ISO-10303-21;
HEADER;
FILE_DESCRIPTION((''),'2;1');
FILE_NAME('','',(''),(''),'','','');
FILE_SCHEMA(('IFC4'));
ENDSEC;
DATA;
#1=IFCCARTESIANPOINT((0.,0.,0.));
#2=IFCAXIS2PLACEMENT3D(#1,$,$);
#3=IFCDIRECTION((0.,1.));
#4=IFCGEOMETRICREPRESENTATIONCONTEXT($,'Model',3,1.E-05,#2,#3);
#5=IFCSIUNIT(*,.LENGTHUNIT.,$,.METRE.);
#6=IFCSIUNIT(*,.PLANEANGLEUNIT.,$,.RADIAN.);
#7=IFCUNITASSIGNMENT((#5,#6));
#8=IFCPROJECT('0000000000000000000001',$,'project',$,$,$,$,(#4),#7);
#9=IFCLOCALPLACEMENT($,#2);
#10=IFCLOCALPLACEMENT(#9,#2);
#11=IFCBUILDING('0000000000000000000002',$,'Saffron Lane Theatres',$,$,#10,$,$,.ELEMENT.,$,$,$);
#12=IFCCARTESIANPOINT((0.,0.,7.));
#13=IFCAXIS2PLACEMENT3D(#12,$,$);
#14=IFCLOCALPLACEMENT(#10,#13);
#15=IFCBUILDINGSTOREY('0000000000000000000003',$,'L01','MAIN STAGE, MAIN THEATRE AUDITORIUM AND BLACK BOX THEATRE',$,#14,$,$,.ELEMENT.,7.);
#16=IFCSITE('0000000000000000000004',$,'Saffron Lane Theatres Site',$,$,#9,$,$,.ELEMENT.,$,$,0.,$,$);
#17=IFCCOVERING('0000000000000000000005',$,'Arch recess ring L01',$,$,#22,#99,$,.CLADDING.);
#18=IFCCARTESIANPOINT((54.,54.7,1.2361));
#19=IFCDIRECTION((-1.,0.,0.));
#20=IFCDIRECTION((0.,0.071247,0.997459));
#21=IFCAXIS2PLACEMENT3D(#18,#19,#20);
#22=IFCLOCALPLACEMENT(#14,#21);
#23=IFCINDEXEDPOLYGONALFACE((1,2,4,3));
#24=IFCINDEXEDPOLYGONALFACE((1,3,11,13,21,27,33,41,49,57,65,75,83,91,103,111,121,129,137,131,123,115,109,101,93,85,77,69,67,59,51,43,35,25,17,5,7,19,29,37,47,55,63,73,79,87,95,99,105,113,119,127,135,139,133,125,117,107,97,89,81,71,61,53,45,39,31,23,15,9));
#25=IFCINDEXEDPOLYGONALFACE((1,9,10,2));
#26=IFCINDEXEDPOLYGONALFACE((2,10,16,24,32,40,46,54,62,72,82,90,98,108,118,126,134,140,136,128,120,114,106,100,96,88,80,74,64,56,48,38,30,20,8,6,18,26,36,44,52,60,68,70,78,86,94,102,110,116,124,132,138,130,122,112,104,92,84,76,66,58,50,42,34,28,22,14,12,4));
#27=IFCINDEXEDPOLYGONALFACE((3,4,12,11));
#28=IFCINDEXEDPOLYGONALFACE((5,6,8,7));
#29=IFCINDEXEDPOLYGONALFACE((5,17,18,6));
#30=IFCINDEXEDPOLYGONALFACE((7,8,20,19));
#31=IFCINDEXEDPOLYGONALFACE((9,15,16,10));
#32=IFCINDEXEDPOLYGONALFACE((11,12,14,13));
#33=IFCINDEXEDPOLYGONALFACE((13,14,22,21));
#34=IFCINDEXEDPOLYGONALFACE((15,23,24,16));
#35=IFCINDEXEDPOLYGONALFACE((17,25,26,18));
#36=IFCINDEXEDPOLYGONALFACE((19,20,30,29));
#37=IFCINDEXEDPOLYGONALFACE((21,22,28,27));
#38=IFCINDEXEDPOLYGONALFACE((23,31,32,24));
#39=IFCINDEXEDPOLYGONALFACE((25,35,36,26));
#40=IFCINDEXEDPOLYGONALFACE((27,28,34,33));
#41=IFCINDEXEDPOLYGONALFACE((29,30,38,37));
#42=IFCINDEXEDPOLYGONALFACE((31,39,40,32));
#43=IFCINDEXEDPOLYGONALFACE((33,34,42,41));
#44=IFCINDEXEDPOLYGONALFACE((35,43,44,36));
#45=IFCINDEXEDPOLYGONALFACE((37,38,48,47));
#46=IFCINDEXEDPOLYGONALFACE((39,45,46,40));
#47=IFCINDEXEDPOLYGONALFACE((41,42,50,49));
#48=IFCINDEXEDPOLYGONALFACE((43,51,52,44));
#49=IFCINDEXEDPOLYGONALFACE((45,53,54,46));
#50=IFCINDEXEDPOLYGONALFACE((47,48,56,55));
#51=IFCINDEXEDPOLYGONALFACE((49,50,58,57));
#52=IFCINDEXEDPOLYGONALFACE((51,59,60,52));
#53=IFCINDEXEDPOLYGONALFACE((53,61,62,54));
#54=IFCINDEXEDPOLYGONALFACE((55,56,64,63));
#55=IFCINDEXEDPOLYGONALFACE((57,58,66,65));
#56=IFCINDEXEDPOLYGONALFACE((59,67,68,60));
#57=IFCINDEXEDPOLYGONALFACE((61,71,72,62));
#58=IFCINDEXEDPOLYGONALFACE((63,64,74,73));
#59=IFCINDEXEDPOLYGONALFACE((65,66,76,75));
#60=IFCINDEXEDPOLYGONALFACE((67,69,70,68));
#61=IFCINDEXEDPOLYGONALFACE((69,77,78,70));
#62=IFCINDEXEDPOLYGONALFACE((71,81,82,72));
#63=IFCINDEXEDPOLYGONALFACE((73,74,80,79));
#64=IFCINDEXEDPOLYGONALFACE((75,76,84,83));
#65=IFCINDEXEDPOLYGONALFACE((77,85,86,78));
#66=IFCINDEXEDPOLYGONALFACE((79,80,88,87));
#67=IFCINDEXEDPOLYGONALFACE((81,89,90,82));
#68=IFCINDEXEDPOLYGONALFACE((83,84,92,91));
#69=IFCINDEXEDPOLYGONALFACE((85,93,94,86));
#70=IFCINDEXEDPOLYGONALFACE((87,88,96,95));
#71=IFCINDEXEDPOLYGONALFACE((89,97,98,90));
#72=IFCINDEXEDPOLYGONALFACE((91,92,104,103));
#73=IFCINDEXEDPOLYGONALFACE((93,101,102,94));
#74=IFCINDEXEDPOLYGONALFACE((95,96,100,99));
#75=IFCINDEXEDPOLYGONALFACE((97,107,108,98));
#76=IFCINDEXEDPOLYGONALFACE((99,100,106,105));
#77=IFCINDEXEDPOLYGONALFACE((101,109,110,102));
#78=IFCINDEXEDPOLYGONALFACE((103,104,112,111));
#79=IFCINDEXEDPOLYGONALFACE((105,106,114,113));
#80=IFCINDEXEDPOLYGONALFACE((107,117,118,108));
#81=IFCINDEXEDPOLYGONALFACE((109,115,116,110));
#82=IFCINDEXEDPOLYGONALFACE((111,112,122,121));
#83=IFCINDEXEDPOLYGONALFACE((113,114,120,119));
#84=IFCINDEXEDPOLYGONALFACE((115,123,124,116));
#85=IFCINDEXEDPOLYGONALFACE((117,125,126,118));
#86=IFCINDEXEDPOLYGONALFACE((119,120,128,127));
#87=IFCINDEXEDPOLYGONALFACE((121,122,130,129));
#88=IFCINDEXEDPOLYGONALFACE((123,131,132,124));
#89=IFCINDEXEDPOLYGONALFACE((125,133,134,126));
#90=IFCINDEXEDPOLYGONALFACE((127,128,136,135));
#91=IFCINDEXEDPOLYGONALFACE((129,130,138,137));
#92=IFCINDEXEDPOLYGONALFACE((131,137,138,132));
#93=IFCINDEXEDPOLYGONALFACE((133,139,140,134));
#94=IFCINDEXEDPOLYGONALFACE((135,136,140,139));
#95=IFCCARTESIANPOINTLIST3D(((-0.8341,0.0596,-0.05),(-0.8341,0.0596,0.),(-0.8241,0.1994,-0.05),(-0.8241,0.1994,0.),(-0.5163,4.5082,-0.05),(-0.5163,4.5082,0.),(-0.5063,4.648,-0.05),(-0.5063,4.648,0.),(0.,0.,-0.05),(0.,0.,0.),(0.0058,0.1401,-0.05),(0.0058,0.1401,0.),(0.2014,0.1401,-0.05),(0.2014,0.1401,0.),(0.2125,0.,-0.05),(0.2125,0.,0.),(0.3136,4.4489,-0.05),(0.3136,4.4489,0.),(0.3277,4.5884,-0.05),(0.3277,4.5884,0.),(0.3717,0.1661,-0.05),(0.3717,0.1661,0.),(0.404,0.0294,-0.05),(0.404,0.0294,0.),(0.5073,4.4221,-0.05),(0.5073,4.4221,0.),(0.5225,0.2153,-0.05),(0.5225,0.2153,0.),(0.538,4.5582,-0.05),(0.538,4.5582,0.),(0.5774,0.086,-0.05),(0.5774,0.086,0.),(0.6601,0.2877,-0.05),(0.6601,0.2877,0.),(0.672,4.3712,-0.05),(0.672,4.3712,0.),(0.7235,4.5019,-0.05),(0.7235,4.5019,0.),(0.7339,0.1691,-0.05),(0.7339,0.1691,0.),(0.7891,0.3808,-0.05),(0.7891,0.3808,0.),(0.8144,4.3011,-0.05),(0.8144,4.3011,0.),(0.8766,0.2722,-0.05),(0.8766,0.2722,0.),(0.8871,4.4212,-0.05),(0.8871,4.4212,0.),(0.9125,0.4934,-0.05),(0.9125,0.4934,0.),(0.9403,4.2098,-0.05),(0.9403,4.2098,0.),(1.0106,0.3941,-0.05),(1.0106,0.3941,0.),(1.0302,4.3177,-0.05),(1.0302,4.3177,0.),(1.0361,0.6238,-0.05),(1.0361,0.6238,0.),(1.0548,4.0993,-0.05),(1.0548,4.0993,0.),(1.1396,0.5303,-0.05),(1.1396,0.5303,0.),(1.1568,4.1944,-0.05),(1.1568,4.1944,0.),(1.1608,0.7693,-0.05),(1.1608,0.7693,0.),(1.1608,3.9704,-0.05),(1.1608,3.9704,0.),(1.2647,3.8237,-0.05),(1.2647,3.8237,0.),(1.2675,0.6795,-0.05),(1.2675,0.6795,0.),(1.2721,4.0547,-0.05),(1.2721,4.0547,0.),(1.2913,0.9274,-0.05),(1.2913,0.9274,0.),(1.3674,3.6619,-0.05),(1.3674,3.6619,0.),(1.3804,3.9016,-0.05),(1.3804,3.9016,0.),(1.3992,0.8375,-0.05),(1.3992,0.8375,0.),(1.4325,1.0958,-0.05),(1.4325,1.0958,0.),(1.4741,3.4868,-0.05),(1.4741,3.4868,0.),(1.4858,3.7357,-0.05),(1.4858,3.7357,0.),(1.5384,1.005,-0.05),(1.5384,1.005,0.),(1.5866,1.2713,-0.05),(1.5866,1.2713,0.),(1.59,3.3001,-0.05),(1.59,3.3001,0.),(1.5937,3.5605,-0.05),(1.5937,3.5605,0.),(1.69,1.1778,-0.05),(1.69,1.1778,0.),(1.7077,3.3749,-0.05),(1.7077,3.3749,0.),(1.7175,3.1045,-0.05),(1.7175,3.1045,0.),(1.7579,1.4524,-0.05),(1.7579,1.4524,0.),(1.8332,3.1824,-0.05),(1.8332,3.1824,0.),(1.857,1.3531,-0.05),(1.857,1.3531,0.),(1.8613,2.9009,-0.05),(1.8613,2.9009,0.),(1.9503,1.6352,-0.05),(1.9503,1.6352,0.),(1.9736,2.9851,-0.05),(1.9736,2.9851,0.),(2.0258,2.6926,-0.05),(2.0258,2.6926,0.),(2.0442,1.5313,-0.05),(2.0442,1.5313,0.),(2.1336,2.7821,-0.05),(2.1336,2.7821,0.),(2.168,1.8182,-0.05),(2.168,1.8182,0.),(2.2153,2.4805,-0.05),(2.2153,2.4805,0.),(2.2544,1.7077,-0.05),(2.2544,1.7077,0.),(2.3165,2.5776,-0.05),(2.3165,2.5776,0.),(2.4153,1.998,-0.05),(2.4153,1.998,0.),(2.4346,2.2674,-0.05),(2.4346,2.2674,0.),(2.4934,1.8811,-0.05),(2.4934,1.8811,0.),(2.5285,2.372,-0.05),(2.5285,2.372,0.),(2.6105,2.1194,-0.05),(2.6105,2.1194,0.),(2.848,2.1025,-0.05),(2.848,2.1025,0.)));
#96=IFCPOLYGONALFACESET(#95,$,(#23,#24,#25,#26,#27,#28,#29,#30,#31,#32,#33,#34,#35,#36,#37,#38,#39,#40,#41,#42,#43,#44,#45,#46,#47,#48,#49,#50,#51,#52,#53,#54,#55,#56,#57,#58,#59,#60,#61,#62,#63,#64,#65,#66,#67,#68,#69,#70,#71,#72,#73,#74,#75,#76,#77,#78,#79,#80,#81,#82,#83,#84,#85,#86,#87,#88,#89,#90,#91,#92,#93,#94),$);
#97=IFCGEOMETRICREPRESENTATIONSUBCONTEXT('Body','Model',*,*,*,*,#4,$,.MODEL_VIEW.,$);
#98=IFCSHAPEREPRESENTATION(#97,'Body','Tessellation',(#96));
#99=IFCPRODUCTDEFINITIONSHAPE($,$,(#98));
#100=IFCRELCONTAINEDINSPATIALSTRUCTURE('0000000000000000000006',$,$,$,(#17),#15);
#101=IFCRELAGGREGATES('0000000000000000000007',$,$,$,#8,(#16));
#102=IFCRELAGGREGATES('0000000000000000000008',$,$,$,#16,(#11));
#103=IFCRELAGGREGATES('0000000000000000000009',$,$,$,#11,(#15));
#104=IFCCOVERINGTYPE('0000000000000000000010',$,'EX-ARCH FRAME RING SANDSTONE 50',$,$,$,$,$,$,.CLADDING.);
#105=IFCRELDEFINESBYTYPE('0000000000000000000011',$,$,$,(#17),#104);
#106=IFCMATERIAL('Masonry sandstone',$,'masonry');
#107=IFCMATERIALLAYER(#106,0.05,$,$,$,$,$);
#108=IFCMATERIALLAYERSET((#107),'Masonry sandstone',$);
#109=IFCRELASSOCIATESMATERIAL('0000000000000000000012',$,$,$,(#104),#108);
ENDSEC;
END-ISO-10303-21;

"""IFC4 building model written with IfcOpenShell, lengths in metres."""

from ifc_helpers import new_model, si_unit, direction, frame, origin, place, context, subcontext, project, spatial, polyline, outline, extrude, material, layer, layer_set, type_object, element, save


model = new_model("IFC4")

# Units and contexts
model_context = context("Model", 3, precision=1e-05, world=origin(), true_north=direction((0.0, 1.0)))
body_context = subcontext(model_context, "Body", "Model", "MODEL_VIEW")
ifc_project = project(units=[si_unit("LENGTHUNIT", "METRE"), si_unit("PLANEANGLEUNIT", "RADIAN")], contexts=[model_context])

# Site, building, storey
site_placement = place(None, origin())
site = spatial("IfcSite", under=ifc_project, at=site_placement, Name="Saffron Lane Theatres Site", CompositionType="ELEMENT", RefElevation=0.0)
building_placement = place(site_placement, origin())
building = spatial("IfcBuilding", under=site, at=building_placement, Name="Saffron Lane Theatres", CompositionType="ELEMENT")
storey_placement = place(building_placement, frame((0.0, 0.0, 7.0)))
storey = spatial("IfcBuildingStorey", under=building, at=storey_placement, Name="L01", Description="MAIN STAGE, MAIN THEATRE AUDITORIUM AND BLACK BOX THEATRE", CompositionType="ELEMENT", Elevation=7.0)

# Covering
ifc_material_1 = material(Name="Masonry sandstone", Category="masonry")
ifc_layer_1 = layer(ifc_material_1, 0.05)
ifc_layer_set_1 = layer_set([ifc_layer_1], Name="Masonry sandstone")
covering_type = type_object("IfcCoveringType", Name="EX-ARCH FRAME RING SANDSTONE 50", PredefinedType="CLADDING", material=ifc_layer_set_1)
covering_1_placement = place(storey_placement, frame((54.0, 54.7, 1.2361), z_axis=(-1.0, 0.0, 0.0), x_axis=(0.0, 0.071247, 0.997459)))
element("IfcCovering", 1, at=covering_1_placement, inside=storey, type_object=covering_type, Name="Arch recess ring L01", PredefinedType="CLADDING", context=body_context, shape_type="SweptSolid", body=[
    extrude(outline(polyline([(0.0, 0.0), (0.2125, 0.0), (0.404, 0.0294), (0.5774, 0.086), (0.7339, 0.1691), (0.8766, 0.2722), (1.0106, 0.3941), (1.1396, 0.5303), (1.2675, 0.6795), (1.3992, 0.8375), (1.5384, 1.005), (1.69, 1.1778), (1.857, 1.3531), (2.0442, 1.5313), (2.2544, 1.7077), (2.4934, 1.8811), (2.848, 2.1025), (2.5285, 2.372), (2.3165, 2.5776), (2.1336, 2.7821), (1.9736, 2.9851), (1.8332, 3.1824), (1.7077, 3.3749), (1.5937, 3.5605), (1.4858, 3.7357), (1.3804, 3.9016), (1.2721, 4.0547), (1.1568, 4.1944), (1.0302, 4.3177), (0.8871, 4.4212), (0.7235, 4.5019), (0.538, 4.5582), (0.3277, 4.5884), (-0.5063, 4.648), (-0.5163, 4.5082), (0.3136, 4.4489), (0.5073, 4.4221), (0.672, 4.3712), (0.8144, 4.3011), (0.9403, 4.2098), (1.0548, 4.0993), (1.1608, 3.9704), (1.2647, 3.8237), (1.3674, 3.6619), (1.4741, 3.4868), (1.59, 3.3001), (1.7175, 3.1045), (1.8613, 2.9009), (2.0258, 2.6926), (2.2153, 2.4805), (2.4346, 2.2674), (2.6105, 2.1194), (2.4153, 1.998), (2.168, 1.8182), (1.9503, 1.6352), (1.7579, 1.4524), (1.5866, 1.2713), (1.4325, 1.0958), (1.2913, 0.9274), (1.1608, 0.7693), (1.0361, 0.6238), (0.9125, 0.4934), (0.7891, 0.3808), (0.6601, 0.2877), (0.5225, 0.2153), (0.3717, 0.1661), (0.2014, 0.1401), (0.0058, 0.1401), (-0.8241, 0.1994), (-0.8341, 0.0596), (0.0, 0.0)])), origin(), (0.0, 0.0, -1.0), 0.05),
])

save(model, "model.ifc")
